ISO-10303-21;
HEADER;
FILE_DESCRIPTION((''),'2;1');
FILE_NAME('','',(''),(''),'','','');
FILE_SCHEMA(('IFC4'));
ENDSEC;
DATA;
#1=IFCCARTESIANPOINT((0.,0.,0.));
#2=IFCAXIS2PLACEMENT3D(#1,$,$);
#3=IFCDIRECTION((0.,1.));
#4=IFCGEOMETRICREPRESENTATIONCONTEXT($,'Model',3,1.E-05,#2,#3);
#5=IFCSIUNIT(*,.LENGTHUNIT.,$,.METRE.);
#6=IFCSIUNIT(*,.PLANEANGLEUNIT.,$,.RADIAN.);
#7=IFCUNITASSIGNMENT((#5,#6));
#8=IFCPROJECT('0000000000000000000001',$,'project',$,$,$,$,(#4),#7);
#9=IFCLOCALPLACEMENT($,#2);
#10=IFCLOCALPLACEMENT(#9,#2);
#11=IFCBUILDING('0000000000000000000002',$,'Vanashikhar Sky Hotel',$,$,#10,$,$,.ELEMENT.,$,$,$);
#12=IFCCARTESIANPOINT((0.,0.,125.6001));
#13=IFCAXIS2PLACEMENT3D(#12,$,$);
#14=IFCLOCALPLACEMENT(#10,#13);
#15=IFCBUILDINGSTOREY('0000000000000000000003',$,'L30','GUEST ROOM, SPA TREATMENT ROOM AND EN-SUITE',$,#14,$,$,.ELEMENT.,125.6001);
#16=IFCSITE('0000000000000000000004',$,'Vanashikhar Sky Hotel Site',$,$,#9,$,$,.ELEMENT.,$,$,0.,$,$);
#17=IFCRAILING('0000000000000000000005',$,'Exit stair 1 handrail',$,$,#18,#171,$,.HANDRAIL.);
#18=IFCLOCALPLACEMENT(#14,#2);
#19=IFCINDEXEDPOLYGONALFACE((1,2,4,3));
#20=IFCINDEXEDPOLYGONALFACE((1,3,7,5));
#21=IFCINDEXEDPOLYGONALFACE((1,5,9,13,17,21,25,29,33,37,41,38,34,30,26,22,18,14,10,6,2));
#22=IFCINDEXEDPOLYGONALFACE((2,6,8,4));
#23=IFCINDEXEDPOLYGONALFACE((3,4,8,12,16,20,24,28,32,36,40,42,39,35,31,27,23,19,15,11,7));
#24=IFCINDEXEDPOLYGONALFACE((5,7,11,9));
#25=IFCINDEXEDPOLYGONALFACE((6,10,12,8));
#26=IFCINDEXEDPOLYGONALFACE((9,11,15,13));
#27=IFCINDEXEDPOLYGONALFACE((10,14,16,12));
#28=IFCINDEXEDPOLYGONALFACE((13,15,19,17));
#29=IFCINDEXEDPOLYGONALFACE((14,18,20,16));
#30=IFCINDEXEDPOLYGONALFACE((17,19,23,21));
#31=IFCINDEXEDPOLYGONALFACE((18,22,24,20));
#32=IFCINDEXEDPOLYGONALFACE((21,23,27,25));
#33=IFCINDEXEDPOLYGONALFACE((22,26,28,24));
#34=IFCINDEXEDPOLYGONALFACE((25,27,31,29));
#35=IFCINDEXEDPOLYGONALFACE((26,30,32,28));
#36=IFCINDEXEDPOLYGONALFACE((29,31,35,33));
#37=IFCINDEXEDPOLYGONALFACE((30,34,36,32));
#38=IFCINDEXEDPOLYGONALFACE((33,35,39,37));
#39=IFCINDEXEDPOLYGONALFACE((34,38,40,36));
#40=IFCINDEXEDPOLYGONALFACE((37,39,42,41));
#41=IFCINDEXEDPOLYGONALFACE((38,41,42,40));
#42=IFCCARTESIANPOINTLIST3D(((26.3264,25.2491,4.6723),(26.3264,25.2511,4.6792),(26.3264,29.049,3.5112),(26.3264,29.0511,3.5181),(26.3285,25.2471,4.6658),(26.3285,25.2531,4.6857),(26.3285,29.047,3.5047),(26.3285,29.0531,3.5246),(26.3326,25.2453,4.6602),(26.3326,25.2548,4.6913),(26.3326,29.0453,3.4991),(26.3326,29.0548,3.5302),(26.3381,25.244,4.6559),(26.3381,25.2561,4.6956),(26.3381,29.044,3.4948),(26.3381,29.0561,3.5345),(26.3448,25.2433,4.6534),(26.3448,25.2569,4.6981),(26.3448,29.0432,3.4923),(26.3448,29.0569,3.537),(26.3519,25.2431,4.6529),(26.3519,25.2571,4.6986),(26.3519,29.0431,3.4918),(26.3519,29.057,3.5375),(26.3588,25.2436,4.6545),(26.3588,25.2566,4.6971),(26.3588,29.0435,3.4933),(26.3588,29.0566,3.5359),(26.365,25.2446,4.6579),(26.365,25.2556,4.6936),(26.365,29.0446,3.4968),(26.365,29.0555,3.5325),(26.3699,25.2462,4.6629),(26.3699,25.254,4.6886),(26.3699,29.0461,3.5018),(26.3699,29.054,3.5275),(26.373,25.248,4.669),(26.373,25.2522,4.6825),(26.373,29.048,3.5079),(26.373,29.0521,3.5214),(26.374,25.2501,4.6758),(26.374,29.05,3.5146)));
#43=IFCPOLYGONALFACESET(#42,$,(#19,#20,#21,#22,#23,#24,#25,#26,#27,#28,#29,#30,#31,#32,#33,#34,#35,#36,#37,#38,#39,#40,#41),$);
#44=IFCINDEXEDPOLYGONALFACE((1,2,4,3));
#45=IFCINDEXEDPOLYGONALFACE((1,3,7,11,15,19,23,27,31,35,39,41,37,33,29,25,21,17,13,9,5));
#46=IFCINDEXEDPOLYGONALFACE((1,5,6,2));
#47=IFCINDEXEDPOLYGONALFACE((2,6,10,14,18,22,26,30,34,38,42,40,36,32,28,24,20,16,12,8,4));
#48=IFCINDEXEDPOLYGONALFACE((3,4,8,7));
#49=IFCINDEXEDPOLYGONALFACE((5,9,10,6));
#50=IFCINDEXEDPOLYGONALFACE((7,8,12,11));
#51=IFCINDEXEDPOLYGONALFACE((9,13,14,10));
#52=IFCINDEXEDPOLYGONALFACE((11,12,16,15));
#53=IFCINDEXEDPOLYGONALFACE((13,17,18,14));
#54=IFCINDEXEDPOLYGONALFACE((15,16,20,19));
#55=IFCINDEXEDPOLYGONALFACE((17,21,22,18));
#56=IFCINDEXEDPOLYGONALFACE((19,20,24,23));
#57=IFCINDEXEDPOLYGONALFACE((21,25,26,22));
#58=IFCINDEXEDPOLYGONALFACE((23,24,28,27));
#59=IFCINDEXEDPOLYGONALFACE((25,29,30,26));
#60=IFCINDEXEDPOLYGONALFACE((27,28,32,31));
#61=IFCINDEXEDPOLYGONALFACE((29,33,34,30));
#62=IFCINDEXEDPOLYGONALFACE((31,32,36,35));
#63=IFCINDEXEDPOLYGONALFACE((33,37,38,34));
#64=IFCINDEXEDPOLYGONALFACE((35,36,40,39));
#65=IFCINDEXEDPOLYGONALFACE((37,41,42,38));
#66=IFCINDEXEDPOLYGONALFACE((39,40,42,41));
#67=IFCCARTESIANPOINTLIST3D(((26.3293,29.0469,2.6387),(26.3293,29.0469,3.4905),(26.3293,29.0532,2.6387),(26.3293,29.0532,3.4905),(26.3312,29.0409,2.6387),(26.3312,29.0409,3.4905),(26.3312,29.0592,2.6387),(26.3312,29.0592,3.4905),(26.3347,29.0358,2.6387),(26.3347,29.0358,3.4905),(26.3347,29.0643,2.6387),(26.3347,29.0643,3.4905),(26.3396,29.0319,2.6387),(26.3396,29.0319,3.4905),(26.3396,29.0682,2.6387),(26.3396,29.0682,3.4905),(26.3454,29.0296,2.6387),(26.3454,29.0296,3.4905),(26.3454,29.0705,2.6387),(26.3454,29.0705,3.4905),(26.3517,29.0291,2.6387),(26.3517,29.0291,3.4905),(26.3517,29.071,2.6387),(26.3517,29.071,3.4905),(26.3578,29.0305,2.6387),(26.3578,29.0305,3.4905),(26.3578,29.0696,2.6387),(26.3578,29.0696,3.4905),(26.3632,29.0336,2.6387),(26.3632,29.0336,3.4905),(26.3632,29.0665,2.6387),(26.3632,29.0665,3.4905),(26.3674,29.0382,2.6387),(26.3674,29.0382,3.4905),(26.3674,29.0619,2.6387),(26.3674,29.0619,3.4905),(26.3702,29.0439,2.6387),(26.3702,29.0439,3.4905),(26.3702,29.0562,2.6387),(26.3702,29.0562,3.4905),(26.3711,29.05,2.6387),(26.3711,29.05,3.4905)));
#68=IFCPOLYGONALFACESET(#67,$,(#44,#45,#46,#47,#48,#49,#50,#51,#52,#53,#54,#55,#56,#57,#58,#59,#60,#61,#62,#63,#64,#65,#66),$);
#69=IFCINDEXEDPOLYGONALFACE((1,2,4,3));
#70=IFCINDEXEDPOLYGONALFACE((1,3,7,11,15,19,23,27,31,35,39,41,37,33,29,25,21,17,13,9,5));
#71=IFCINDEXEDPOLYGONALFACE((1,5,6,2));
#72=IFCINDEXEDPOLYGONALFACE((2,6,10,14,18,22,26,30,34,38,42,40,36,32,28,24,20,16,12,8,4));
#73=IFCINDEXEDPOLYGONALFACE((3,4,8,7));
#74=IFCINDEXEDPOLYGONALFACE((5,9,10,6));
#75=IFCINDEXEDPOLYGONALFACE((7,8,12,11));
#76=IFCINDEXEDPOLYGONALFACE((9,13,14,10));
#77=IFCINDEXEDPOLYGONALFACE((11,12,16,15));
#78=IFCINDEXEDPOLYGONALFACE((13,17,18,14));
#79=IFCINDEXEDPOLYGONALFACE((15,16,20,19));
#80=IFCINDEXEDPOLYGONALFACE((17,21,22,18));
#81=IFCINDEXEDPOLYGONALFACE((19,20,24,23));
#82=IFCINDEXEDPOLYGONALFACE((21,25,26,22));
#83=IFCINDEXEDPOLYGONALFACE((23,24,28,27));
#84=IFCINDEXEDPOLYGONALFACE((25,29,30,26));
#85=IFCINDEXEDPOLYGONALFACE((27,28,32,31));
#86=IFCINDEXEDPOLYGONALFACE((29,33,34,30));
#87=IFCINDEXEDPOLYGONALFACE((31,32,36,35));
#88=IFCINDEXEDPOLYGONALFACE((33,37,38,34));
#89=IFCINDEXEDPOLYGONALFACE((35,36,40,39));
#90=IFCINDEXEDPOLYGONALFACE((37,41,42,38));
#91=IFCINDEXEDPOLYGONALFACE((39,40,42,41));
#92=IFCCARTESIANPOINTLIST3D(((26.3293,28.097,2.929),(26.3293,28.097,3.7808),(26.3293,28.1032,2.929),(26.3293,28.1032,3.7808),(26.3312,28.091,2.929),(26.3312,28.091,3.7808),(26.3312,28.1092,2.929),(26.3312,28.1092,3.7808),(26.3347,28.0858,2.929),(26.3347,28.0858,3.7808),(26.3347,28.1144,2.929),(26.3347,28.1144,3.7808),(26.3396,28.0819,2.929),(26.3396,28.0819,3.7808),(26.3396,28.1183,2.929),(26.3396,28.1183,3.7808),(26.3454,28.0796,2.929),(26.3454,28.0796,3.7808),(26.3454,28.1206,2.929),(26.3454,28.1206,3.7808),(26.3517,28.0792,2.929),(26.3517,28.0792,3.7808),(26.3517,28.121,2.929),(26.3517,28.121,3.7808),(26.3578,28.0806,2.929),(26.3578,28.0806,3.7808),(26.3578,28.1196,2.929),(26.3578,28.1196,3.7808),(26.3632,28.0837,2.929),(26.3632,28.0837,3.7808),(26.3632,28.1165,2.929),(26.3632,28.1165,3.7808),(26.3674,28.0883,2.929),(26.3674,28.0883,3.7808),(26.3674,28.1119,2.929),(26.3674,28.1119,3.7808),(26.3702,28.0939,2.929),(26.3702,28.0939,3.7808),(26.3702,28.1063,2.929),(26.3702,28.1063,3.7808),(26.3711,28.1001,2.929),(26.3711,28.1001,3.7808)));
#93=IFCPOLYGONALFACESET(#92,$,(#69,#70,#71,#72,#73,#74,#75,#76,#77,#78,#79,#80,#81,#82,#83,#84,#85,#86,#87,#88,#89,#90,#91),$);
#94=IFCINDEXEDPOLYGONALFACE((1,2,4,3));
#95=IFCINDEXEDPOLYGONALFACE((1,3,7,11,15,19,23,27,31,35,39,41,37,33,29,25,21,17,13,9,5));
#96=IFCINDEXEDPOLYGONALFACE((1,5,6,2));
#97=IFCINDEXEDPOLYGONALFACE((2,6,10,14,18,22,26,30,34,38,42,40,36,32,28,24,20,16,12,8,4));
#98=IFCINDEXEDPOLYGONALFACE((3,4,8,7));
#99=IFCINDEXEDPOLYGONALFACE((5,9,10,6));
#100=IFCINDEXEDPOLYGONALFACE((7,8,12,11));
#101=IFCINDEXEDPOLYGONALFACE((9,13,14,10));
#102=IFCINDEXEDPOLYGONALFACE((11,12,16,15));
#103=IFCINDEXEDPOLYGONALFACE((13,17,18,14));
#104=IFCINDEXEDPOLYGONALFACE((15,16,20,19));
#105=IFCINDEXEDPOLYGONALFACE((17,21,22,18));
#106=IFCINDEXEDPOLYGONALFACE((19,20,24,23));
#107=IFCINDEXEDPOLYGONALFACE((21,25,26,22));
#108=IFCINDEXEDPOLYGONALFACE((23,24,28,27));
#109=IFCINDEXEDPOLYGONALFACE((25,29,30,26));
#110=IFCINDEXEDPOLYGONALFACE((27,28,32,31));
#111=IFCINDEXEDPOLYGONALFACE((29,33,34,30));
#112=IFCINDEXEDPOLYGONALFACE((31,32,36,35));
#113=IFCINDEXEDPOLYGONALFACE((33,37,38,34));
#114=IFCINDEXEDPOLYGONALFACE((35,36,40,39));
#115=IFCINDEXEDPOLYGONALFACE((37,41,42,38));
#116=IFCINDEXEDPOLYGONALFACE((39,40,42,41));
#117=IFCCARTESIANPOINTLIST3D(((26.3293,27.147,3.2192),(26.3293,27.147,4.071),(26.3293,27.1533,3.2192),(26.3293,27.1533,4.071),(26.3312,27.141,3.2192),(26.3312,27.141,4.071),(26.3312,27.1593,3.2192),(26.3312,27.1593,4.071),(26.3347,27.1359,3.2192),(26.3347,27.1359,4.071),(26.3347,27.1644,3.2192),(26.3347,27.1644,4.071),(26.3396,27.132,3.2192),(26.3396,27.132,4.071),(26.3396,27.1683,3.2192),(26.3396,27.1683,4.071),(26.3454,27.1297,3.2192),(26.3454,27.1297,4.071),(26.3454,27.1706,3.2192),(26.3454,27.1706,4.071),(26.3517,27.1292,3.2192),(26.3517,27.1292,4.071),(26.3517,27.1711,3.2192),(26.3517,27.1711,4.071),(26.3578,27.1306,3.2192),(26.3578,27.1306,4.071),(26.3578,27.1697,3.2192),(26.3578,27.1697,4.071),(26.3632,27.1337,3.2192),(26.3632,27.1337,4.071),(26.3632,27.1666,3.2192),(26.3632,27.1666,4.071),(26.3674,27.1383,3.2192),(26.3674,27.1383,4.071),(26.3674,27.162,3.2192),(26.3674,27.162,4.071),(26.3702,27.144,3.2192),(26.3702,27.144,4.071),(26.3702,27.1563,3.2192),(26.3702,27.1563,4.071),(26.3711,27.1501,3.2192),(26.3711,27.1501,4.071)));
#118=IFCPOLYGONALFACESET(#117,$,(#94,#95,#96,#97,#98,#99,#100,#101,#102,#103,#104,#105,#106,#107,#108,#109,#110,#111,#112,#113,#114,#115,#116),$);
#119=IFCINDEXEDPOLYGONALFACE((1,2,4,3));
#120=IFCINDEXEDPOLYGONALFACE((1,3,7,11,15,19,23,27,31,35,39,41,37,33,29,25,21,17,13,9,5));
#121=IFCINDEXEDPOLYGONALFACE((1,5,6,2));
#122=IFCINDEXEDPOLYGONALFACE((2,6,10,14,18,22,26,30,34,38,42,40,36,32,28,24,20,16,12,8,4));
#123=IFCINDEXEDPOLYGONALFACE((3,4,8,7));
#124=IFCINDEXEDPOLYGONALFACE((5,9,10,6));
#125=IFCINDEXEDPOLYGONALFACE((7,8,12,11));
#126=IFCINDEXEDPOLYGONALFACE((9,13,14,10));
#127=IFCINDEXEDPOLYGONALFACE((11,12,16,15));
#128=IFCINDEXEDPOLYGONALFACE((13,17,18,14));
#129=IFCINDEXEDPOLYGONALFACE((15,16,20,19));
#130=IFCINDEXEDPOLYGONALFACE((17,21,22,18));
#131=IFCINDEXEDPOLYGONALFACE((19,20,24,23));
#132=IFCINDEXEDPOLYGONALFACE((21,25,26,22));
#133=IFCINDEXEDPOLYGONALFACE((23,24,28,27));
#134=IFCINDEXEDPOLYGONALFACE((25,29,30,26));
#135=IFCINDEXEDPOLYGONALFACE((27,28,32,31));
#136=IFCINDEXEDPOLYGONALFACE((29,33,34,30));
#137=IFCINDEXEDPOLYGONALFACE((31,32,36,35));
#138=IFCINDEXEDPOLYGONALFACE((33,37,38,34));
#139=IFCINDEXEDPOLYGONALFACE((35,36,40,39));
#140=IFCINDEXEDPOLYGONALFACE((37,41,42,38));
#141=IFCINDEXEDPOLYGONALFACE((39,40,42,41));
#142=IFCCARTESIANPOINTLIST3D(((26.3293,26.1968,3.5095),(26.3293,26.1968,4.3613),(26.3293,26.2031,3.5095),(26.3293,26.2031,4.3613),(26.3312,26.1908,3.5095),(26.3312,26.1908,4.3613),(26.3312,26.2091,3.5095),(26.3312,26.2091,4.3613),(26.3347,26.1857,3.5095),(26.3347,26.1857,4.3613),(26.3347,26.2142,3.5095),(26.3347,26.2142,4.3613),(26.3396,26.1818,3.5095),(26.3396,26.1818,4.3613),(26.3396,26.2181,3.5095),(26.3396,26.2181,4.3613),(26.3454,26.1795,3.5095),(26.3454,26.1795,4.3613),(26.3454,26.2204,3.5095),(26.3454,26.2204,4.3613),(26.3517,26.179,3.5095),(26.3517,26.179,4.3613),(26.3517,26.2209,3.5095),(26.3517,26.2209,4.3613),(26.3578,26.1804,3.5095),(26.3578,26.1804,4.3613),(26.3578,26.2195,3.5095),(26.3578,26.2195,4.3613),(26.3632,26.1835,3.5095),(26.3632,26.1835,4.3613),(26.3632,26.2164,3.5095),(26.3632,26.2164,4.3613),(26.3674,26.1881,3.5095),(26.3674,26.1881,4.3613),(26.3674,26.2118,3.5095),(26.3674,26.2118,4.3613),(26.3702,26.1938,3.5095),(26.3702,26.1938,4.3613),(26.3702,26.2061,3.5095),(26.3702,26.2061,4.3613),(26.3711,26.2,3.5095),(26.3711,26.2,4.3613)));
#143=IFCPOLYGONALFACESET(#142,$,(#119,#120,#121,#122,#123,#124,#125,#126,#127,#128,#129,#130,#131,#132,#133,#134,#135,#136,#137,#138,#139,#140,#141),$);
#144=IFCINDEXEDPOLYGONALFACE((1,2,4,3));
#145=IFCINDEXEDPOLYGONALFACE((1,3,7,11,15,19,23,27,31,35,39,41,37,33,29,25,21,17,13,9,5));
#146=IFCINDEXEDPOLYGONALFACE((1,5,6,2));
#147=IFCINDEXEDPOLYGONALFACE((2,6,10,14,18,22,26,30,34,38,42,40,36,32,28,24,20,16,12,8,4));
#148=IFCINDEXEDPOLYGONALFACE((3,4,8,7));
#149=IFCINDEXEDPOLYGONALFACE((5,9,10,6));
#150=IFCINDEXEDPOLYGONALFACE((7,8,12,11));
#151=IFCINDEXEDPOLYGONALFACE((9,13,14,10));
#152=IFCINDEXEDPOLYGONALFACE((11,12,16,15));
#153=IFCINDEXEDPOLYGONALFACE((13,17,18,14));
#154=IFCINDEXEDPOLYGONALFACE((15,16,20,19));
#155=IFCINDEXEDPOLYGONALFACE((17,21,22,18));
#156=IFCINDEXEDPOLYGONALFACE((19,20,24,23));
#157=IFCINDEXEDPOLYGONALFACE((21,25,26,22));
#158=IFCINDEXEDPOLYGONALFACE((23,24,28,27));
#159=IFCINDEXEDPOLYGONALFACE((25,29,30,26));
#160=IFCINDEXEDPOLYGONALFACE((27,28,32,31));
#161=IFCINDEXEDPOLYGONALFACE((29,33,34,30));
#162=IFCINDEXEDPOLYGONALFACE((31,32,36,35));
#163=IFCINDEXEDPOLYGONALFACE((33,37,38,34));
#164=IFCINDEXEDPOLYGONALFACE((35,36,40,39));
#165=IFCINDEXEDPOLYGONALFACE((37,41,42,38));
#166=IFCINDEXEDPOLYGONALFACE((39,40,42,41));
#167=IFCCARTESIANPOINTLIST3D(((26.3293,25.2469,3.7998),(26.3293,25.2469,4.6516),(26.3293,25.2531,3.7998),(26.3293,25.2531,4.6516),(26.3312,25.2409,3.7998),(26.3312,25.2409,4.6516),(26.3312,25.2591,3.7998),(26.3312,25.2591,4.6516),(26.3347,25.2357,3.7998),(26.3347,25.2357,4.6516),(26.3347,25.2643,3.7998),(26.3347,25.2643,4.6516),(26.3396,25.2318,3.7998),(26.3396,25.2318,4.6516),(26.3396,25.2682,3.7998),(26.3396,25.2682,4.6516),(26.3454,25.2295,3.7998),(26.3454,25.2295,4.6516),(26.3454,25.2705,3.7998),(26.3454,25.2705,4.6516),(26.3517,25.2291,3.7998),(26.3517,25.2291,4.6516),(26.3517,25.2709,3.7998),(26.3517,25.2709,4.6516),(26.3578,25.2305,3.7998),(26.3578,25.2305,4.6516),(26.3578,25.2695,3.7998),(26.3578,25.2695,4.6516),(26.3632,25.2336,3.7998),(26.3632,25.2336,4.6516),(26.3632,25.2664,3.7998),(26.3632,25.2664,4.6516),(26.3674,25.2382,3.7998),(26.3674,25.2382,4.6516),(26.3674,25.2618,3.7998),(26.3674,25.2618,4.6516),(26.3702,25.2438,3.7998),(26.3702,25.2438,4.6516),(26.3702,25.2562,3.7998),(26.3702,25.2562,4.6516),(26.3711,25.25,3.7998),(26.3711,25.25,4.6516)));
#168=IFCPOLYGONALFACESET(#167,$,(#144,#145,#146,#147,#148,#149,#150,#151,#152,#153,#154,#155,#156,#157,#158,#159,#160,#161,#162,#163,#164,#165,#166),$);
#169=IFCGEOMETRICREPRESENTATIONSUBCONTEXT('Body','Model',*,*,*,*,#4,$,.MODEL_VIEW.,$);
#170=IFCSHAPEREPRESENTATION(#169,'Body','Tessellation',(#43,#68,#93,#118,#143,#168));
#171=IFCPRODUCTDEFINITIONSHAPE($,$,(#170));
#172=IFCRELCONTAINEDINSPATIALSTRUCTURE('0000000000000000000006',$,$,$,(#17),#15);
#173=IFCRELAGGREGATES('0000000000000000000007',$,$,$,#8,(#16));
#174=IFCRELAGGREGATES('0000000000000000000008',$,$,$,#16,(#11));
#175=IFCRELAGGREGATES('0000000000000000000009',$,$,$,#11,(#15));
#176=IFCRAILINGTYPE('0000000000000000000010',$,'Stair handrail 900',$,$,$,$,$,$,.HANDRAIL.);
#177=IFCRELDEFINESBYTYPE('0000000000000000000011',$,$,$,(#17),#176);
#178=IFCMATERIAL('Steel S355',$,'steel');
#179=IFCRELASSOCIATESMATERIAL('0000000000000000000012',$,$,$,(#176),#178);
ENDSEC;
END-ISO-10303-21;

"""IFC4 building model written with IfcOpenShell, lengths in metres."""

from ifc_helpers import new_model, si_unit, direction, frame, origin, origin_2d, place, context, subcontext, project, spatial, circle, extrude, source, transform, mapped, material, type_object, element, save


model = new_model("IFC4")

# Units and contexts
model_context = context("Model", 3, precision=1e-05, world=origin(), true_north=direction((0.0, 1.0)))
body_context = subcontext(model_context, "Body", "Model", "MODEL_VIEW")
ifc_project = project(units=[si_unit("LENGTHUNIT", "METRE"), si_unit("PLANEANGLEUNIT", "RADIAN")], contexts=[model_context])

# Site, building, storey
site_placement = place(None, origin())
site = spatial("IfcSite", under=ifc_project, at=site_placement, Name="Vanashikhar Sky Hotel Site", CompositionType="ELEMENT", RefElevation=0.0)
building_placement = place(site_placement, origin())
building = spatial("IfcBuilding", under=site, at=building_placement, Name="Vanashikhar Sky Hotel", CompositionType="ELEMENT")
storey_placement = place(building_placement, frame((0.0, 0.0, 125.6001)))
storey = spatial("IfcBuildingStorey", under=building, at=storey_placement, Name="L30", Description="GUEST ROOM, SPA TREATMENT ROOM AND EN-SUITE", CompositionType="ELEMENT", Elevation=125.6001)

# Railing
ifc_material_1 = material(Name="Steel S355", Category="steel")
railing_type_1 = type_object("IfcRailingType", Name="Stair handrail 900", PredefinedType="HANDRAIL", material=ifc_material_1)
shared_shape_1 = source(origin(), body_context, "Body", "SweptSolid", [
    extrude(circle(Radius=0.0239, at=origin_2d()), frame((0.0, 0.0, 0.876), z_axis=(0.0, -0.956351, 0.29222), x_axis=(1.0, 0.0, 0.0)), (0.0, 0.0, 1.0), 3.9734),
    extrude(circle(Radius=0.021, at=origin_2d()), origin(), (0.0, 0.0, 1.0), 0.8518),
    extrude(circle(Radius=0.021, at=origin_2d()), frame((0.0, -0.95, 0.2903)), (0.0, 0.0, 1.0), 0.8518),
    extrude(circle(Radius=0.021, at=origin_2d()), frame((0.0, -1.8999, 0.5806)), (0.0, 0.0, 1.0), 0.8518),
    extrude(circle(Radius=0.021, at=origin_2d()), frame((0.0, -2.8501, 0.8708)), (0.0, 0.0, 1.0), 0.8518),
    extrude(circle(Radius=0.021, at=origin_2d()), frame((0.0, -3.8, 1.1611)), (0.0, 0.0, 1.0), 0.8518),
])
for number, where, name in (
    (1, (26.3501, 29.05, 2.6387), "Exit stair 1 handrail"),
):
    element("IfcRailing", number, at=place(storey_placement, frame(where)), inside=storey, type_object=railing_type_1, Name=name, PredefinedType="HANDRAIL", context=body_context, shape_type="MappedRepresentation", body=[
        mapped(shared_shape_1, transform((0.0, 0.0, 0.0), scale=1.0)),
    ])

save(model, "model.ifc")
